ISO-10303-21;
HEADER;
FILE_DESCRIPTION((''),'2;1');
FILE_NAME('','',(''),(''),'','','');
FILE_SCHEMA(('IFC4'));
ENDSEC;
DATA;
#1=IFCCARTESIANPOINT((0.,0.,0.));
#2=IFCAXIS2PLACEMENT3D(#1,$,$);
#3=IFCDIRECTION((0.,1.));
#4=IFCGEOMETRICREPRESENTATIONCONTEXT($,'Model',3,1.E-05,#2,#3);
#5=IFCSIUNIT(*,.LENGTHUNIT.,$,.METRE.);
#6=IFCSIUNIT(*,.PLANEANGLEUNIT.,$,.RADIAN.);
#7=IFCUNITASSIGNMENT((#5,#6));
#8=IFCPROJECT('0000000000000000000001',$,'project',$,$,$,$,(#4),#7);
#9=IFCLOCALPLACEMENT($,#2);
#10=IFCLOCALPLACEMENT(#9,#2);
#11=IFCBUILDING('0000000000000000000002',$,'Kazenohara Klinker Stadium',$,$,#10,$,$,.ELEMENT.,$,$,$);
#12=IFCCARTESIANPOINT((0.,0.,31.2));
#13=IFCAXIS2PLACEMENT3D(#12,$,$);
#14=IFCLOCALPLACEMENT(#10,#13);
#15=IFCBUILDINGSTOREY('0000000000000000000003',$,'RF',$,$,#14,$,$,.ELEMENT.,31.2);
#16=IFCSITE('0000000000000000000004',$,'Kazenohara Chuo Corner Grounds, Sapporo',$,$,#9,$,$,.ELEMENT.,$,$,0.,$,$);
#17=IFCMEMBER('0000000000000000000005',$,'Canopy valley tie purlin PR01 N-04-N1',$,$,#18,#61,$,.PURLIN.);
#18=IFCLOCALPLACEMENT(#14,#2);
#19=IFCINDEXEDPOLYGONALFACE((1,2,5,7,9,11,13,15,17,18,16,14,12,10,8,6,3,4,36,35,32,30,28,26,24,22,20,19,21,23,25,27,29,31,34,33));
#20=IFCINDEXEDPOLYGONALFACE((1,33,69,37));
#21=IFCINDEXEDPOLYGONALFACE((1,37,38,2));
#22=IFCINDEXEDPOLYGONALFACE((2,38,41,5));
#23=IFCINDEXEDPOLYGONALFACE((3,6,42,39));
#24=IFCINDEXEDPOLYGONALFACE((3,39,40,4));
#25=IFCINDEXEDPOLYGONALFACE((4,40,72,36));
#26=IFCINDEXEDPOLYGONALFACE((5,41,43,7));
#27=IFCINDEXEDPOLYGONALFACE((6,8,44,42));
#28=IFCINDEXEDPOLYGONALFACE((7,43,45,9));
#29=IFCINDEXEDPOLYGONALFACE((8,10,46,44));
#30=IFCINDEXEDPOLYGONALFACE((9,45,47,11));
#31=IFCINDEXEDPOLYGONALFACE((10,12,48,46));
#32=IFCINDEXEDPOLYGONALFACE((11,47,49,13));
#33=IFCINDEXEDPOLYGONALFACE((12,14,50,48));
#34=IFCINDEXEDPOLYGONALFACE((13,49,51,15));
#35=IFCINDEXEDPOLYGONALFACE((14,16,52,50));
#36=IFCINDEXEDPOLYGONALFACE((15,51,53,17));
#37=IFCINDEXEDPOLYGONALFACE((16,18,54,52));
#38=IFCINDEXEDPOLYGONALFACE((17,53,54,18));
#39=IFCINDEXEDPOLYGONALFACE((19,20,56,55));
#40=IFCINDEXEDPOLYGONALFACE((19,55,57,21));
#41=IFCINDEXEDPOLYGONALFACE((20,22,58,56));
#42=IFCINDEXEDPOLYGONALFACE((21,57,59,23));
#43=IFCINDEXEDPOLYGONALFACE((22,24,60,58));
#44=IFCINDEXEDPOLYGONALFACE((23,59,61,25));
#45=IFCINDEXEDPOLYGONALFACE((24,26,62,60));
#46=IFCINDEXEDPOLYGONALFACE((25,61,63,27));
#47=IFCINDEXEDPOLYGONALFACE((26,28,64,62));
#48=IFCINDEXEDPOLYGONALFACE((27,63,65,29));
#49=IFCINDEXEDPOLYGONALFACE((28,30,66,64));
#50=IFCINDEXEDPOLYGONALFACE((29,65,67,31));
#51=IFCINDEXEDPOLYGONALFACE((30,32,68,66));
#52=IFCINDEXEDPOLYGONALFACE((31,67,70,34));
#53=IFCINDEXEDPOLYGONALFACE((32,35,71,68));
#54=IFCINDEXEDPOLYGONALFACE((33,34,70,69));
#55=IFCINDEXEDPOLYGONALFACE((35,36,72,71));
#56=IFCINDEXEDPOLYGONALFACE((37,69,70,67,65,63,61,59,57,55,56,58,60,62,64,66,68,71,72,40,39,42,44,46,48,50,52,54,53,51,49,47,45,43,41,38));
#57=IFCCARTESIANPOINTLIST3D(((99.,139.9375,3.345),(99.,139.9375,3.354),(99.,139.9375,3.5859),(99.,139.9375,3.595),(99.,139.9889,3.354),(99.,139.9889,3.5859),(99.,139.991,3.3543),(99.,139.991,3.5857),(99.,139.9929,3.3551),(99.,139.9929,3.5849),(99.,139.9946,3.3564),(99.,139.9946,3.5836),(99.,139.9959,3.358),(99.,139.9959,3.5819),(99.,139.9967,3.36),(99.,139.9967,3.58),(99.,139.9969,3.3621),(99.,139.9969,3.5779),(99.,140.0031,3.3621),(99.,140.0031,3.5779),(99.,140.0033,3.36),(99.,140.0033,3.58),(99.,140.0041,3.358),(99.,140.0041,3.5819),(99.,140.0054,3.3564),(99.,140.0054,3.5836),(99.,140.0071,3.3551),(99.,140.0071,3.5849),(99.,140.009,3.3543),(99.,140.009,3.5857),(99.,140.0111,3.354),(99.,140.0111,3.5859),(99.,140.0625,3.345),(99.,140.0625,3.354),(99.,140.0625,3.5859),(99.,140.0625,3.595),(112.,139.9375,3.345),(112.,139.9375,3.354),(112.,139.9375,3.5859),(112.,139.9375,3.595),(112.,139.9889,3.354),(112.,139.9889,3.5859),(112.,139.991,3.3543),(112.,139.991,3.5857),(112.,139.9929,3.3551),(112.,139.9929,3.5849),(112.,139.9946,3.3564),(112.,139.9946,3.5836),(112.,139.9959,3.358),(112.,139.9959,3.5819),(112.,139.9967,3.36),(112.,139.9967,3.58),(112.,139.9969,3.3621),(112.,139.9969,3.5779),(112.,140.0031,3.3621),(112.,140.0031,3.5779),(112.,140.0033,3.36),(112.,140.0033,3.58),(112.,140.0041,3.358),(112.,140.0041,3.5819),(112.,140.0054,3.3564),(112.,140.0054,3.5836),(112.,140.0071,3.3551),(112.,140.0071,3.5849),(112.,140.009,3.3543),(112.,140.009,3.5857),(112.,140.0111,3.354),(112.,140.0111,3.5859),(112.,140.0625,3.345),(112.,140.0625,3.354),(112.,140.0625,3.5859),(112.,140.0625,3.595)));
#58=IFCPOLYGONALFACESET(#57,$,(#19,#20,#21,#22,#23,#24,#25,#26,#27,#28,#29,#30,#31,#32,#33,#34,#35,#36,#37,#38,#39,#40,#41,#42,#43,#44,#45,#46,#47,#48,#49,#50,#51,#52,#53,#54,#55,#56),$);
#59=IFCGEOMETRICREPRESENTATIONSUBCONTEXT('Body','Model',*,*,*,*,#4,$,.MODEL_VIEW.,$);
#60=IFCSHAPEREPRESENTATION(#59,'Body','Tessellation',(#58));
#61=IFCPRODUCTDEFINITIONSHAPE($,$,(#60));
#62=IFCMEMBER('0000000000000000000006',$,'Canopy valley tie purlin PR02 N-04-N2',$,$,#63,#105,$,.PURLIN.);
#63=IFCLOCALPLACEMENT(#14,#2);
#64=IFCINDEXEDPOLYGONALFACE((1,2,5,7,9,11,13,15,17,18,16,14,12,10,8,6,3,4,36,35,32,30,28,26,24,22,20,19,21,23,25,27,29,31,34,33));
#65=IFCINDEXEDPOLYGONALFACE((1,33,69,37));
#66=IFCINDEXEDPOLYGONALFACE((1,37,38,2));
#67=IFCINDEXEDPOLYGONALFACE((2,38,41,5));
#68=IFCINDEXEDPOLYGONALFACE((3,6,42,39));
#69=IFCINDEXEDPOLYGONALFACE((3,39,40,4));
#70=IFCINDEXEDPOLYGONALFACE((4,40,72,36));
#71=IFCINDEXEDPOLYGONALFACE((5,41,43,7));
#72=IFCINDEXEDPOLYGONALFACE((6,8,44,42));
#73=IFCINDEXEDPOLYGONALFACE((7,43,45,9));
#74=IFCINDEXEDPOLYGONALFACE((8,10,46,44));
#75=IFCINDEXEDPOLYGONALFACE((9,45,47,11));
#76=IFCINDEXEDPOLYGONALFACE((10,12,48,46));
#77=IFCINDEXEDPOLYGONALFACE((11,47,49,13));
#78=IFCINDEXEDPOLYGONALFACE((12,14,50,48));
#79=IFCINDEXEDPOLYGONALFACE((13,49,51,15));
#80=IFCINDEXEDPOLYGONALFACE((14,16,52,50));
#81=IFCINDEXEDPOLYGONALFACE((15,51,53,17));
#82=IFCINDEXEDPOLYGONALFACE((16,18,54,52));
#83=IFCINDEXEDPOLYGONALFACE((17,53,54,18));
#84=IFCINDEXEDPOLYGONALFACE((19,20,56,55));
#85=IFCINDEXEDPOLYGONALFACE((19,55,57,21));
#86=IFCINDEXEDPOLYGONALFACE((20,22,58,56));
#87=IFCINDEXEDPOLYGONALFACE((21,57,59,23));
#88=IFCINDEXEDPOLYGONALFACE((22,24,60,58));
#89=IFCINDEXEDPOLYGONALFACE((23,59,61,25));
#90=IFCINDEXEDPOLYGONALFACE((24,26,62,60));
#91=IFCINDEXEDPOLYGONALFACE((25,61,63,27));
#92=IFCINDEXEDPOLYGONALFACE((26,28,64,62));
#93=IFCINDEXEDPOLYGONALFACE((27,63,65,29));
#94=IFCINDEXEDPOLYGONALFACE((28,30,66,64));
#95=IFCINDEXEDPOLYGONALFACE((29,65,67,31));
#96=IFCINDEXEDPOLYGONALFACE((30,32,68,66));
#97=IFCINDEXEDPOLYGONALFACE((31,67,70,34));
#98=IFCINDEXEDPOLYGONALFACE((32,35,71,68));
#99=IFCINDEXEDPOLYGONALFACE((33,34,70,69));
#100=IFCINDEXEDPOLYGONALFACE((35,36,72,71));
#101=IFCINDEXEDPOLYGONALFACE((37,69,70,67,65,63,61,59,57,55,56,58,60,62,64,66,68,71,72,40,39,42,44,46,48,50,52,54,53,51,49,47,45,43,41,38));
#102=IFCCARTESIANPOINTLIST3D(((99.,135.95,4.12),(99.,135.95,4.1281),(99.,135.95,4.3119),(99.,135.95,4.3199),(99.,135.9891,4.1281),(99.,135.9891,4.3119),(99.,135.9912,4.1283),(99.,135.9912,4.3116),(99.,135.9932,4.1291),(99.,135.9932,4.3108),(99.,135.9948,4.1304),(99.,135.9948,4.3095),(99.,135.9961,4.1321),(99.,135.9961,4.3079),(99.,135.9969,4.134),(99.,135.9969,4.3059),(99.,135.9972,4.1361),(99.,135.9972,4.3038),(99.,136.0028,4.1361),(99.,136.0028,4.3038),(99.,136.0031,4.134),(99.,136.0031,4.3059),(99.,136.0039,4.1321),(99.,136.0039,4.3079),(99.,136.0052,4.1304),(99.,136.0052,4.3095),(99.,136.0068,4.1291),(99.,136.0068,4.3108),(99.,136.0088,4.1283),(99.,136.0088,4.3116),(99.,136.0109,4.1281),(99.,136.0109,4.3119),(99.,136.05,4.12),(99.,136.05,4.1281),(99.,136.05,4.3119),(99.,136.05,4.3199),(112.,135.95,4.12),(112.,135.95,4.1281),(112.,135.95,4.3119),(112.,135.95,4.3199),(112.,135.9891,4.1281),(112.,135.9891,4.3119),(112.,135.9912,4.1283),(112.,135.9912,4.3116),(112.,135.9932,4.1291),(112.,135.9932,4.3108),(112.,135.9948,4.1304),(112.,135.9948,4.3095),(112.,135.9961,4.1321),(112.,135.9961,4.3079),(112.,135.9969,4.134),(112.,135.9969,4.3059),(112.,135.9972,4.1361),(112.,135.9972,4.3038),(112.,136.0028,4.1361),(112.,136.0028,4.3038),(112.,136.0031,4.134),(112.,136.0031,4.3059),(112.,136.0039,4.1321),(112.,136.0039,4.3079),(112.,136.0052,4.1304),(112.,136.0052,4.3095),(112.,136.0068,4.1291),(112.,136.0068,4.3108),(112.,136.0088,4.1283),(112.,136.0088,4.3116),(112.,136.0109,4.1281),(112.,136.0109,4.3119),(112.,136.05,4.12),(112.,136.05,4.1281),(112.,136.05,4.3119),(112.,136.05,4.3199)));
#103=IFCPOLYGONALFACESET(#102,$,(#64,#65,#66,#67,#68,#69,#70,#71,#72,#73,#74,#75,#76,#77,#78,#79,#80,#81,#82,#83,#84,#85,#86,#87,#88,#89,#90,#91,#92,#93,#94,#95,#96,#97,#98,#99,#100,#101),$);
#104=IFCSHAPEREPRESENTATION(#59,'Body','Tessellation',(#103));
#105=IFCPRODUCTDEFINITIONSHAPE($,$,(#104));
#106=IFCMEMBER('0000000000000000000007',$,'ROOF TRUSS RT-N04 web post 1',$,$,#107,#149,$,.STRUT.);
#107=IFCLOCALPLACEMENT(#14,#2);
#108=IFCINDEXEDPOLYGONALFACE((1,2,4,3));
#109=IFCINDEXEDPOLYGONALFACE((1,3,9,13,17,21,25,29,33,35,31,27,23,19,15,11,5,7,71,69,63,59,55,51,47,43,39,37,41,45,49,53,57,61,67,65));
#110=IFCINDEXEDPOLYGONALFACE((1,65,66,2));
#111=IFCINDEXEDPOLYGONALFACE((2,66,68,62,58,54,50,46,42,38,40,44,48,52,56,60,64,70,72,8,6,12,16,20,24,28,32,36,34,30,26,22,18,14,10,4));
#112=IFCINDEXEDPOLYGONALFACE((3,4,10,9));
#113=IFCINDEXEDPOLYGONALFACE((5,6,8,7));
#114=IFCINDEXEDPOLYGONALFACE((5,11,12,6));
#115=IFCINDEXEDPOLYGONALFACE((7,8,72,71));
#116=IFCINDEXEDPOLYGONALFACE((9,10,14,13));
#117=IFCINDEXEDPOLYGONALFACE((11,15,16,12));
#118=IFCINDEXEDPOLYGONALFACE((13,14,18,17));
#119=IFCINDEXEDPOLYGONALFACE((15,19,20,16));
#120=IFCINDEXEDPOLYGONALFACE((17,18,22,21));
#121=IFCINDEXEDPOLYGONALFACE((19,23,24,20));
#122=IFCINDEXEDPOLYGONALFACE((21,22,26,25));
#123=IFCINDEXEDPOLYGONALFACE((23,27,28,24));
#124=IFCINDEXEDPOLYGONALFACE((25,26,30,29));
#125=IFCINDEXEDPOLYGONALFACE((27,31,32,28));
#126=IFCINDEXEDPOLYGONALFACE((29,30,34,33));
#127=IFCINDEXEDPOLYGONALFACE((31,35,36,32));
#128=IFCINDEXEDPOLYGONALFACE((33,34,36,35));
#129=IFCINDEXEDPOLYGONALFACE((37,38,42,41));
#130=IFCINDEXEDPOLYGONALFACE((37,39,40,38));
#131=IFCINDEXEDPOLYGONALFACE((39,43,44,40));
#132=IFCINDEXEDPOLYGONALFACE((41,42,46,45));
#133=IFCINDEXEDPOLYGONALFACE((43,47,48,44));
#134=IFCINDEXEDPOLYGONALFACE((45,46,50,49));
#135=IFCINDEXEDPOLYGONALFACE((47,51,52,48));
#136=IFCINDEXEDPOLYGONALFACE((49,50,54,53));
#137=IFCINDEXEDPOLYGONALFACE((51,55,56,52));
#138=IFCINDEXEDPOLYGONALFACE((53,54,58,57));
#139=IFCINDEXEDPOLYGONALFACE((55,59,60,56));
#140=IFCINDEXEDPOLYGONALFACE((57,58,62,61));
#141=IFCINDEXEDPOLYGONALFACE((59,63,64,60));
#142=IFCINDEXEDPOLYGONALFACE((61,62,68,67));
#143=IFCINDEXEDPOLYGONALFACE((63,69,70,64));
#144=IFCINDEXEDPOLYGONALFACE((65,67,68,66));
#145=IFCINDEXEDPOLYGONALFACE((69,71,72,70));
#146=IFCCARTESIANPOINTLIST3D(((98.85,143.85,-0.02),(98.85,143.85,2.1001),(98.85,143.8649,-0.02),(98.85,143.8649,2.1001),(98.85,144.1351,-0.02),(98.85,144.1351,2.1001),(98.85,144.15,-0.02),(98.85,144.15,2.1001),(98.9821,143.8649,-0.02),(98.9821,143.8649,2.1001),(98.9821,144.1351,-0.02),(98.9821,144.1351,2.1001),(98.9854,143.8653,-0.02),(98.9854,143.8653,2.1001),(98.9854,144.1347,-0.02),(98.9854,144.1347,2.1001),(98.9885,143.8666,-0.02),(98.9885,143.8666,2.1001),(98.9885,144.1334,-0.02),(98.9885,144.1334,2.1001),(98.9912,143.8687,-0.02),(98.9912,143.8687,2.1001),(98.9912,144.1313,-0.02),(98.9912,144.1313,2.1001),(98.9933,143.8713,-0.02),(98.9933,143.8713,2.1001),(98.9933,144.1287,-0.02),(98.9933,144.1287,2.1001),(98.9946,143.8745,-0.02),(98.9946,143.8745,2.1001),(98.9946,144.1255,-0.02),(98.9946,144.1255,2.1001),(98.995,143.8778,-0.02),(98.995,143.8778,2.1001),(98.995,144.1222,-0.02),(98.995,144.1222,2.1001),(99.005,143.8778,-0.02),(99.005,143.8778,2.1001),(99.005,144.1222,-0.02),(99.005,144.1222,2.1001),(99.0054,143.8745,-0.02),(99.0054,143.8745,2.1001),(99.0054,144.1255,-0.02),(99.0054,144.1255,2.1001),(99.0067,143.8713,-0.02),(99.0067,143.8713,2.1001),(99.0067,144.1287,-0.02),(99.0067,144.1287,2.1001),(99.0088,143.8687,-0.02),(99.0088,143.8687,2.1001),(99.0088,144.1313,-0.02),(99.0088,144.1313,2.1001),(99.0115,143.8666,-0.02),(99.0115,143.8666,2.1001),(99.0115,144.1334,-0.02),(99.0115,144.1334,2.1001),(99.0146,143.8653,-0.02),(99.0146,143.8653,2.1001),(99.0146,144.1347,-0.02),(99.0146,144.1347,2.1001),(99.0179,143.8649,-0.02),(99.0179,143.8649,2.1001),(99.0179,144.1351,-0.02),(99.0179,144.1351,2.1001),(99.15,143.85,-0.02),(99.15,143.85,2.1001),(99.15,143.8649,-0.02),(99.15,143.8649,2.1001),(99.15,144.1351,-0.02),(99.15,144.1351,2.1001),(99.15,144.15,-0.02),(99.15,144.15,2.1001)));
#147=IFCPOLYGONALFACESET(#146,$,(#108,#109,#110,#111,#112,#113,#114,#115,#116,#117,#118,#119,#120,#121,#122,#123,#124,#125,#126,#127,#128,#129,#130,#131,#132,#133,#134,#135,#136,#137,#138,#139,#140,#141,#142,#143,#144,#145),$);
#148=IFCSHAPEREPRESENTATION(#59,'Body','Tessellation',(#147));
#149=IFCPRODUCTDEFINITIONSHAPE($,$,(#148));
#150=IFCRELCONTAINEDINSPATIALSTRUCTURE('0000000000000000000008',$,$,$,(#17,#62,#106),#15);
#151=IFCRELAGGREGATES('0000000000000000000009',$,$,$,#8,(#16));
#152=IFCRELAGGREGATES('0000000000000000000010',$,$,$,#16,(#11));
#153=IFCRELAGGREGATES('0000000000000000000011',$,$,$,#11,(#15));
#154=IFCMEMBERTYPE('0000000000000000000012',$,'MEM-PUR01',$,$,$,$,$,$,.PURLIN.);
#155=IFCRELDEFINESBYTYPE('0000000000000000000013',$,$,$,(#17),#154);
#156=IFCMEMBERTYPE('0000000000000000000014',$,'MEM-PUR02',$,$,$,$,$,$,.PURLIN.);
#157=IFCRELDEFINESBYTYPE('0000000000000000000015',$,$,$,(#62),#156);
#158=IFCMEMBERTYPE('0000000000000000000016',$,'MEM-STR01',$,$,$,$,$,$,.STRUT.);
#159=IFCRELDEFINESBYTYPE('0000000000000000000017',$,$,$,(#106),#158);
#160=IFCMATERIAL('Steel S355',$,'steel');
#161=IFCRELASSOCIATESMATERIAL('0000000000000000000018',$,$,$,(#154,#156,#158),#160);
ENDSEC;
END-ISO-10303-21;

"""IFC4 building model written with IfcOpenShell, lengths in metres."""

from ifc_helpers import new_model, si_unit, direction, frame, origin, origin_2d, place, context, subcontext, project, spatial, i_section, extrude, material, material_profile, profile_set, type_object, element, save


model = new_model("IFC4")

# Units and contexts
model_context = context("Model", 3, precision=1e-05, world=origin(), true_north=direction((0.0, 1.0)))
body_context = subcontext(model_context, "Body", "Model", "MODEL_VIEW")
ifc_project = project(units=[si_unit("LENGTHUNIT", "METRE"), si_unit("PLANEANGLEUNIT", "RADIAN")], contexts=[model_context])

# Site, building, storey
site_placement = place(None, origin())
site = spatial("IfcSite", under=ifc_project, at=site_placement, Name="Kazenohara Chuo Corner Grounds, Sapporo", CompositionType="ELEMENT", RefElevation=0.0)
building_placement = place(site_placement, origin())
building = spatial("IfcBuilding", under=site, at=building_placement, Name="Kazenohara Klinker Stadium", CompositionType="ELEMENT")
storey_placement = place(building_placement, frame((0.0, 0.0, 31.2)))
storey = spatial("IfcBuildingStorey", under=building, at=storey_placement, Name="RF", CompositionType="ELEMENT", Elevation=31.2)

# Members
ifc_material_1 = material(Name="Steel S355", Category="steel")
ifc_material_profile_1 = material_profile(ifc_material_1, i_section(OverallWidth=0.125, OverallDepth=0.25, WebThickness=0.0061, FlangeThickness=0.009, FilletRadius=0.0081, at=origin_2d()), Name="H-250x125x6x9")
ifc_profile_set_1 = profile_set([ifc_material_profile_1], Name="Steel S355")
member_type_1 = type_object("IfcMemberType", Name="MEM-PUR01", PredefinedType="PURLIN", material=ifc_profile_set_1)
member_1_placement = place(storey_placement, frame((99.0, 140.0, 3.47), z_axis=(1.0, 0.0, 0.0), x_axis=(0.0, 1.0, 0.0)))
element("IfcMember", 1, at=member_1_placement, inside=storey, type_object=member_type_1, Name="Canopy valley tie purlin PR01 N-04-N1", PredefinedType="PURLIN", context=body_context, shape_type="SweptSolid", body=[
    extrude(i_section(OverallWidth=0.125, OverallDepth=0.25, WebThickness=0.0061, FlangeThickness=0.009, FilletRadius=0.0081, at=origin_2d()), origin(), (0.0, 0.0, 1.0), 13.0),
])
ifc_material_profile_2 = material_profile(ifc_material_1, i_section(OverallWidth=0.1001, OverallDepth=0.2, WebThickness=0.0056, FlangeThickness=0.0081, FilletRadius=0.0081, at=origin_2d()), Name="H-200x100x5.5x8")
ifc_profile_set_2 = profile_set([ifc_material_profile_2], Name="Steel S355")
member_type_2 = type_object("IfcMemberType", Name="MEM-PUR02", PredefinedType="PURLIN", material=ifc_profile_set_2)
member_2_placement = place(storey_placement, frame((99.0, 136.0, 4.22), z_axis=(1.0, 0.0, 0.0), x_axis=(0.0, 1.0, 0.0)))
element("IfcMember", 2, at=member_2_placement, inside=storey, type_object=member_type_2, Name="Canopy valley tie purlin PR02 N-04-N2", PredefinedType="PURLIN", context=body_context, shape_type="SweptSolid", body=[
    extrude(i_section(OverallWidth=0.1001, OverallDepth=0.2, WebThickness=0.0056, FlangeThickness=0.0081, FilletRadius=0.0081, at=origin_2d()), origin(), (0.0, 0.0, 1.0), 13.0),
])
ifc_material_profile_3 = material_profile(ifc_material_1, i_section(OverallWidth=0.3, OverallDepth=0.3, WebThickness=0.01, FlangeThickness=0.0149, FilletRadius=0.0129, at=origin_2d()), Name="H-300x300x10x15")
ifc_profile_set_3 = profile_set([ifc_material_profile_3], Name="Steel S355")
member_type_3 = type_object("IfcMemberType", Name="MEM-STR01", PredefinedType="STRUT", material=ifc_profile_set_3)
member_3_placement = place(storey_placement, frame((99.0, 144.0, -0.02), z_axis=(0.0, 0.0, 1.0), x_axis=(1.0, 0.0, 0.0)))
element("IfcMember", 3, at=member_3_placement, inside=storey, type_object=member_type_3, Name="ROOF TRUSS RT-N04 web post 1", PredefinedType="STRUT", context=body_context, shape_type="SweptSolid", body=[
    extrude(i_section(OverallWidth=0.3, OverallDepth=0.3, WebThickness=0.01, FlangeThickness=0.0149, FilletRadius=0.0129, at=origin_2d()), origin(), (0.0, 0.0, 1.0), 2.1201),
])

save(model, "model.ifc")
